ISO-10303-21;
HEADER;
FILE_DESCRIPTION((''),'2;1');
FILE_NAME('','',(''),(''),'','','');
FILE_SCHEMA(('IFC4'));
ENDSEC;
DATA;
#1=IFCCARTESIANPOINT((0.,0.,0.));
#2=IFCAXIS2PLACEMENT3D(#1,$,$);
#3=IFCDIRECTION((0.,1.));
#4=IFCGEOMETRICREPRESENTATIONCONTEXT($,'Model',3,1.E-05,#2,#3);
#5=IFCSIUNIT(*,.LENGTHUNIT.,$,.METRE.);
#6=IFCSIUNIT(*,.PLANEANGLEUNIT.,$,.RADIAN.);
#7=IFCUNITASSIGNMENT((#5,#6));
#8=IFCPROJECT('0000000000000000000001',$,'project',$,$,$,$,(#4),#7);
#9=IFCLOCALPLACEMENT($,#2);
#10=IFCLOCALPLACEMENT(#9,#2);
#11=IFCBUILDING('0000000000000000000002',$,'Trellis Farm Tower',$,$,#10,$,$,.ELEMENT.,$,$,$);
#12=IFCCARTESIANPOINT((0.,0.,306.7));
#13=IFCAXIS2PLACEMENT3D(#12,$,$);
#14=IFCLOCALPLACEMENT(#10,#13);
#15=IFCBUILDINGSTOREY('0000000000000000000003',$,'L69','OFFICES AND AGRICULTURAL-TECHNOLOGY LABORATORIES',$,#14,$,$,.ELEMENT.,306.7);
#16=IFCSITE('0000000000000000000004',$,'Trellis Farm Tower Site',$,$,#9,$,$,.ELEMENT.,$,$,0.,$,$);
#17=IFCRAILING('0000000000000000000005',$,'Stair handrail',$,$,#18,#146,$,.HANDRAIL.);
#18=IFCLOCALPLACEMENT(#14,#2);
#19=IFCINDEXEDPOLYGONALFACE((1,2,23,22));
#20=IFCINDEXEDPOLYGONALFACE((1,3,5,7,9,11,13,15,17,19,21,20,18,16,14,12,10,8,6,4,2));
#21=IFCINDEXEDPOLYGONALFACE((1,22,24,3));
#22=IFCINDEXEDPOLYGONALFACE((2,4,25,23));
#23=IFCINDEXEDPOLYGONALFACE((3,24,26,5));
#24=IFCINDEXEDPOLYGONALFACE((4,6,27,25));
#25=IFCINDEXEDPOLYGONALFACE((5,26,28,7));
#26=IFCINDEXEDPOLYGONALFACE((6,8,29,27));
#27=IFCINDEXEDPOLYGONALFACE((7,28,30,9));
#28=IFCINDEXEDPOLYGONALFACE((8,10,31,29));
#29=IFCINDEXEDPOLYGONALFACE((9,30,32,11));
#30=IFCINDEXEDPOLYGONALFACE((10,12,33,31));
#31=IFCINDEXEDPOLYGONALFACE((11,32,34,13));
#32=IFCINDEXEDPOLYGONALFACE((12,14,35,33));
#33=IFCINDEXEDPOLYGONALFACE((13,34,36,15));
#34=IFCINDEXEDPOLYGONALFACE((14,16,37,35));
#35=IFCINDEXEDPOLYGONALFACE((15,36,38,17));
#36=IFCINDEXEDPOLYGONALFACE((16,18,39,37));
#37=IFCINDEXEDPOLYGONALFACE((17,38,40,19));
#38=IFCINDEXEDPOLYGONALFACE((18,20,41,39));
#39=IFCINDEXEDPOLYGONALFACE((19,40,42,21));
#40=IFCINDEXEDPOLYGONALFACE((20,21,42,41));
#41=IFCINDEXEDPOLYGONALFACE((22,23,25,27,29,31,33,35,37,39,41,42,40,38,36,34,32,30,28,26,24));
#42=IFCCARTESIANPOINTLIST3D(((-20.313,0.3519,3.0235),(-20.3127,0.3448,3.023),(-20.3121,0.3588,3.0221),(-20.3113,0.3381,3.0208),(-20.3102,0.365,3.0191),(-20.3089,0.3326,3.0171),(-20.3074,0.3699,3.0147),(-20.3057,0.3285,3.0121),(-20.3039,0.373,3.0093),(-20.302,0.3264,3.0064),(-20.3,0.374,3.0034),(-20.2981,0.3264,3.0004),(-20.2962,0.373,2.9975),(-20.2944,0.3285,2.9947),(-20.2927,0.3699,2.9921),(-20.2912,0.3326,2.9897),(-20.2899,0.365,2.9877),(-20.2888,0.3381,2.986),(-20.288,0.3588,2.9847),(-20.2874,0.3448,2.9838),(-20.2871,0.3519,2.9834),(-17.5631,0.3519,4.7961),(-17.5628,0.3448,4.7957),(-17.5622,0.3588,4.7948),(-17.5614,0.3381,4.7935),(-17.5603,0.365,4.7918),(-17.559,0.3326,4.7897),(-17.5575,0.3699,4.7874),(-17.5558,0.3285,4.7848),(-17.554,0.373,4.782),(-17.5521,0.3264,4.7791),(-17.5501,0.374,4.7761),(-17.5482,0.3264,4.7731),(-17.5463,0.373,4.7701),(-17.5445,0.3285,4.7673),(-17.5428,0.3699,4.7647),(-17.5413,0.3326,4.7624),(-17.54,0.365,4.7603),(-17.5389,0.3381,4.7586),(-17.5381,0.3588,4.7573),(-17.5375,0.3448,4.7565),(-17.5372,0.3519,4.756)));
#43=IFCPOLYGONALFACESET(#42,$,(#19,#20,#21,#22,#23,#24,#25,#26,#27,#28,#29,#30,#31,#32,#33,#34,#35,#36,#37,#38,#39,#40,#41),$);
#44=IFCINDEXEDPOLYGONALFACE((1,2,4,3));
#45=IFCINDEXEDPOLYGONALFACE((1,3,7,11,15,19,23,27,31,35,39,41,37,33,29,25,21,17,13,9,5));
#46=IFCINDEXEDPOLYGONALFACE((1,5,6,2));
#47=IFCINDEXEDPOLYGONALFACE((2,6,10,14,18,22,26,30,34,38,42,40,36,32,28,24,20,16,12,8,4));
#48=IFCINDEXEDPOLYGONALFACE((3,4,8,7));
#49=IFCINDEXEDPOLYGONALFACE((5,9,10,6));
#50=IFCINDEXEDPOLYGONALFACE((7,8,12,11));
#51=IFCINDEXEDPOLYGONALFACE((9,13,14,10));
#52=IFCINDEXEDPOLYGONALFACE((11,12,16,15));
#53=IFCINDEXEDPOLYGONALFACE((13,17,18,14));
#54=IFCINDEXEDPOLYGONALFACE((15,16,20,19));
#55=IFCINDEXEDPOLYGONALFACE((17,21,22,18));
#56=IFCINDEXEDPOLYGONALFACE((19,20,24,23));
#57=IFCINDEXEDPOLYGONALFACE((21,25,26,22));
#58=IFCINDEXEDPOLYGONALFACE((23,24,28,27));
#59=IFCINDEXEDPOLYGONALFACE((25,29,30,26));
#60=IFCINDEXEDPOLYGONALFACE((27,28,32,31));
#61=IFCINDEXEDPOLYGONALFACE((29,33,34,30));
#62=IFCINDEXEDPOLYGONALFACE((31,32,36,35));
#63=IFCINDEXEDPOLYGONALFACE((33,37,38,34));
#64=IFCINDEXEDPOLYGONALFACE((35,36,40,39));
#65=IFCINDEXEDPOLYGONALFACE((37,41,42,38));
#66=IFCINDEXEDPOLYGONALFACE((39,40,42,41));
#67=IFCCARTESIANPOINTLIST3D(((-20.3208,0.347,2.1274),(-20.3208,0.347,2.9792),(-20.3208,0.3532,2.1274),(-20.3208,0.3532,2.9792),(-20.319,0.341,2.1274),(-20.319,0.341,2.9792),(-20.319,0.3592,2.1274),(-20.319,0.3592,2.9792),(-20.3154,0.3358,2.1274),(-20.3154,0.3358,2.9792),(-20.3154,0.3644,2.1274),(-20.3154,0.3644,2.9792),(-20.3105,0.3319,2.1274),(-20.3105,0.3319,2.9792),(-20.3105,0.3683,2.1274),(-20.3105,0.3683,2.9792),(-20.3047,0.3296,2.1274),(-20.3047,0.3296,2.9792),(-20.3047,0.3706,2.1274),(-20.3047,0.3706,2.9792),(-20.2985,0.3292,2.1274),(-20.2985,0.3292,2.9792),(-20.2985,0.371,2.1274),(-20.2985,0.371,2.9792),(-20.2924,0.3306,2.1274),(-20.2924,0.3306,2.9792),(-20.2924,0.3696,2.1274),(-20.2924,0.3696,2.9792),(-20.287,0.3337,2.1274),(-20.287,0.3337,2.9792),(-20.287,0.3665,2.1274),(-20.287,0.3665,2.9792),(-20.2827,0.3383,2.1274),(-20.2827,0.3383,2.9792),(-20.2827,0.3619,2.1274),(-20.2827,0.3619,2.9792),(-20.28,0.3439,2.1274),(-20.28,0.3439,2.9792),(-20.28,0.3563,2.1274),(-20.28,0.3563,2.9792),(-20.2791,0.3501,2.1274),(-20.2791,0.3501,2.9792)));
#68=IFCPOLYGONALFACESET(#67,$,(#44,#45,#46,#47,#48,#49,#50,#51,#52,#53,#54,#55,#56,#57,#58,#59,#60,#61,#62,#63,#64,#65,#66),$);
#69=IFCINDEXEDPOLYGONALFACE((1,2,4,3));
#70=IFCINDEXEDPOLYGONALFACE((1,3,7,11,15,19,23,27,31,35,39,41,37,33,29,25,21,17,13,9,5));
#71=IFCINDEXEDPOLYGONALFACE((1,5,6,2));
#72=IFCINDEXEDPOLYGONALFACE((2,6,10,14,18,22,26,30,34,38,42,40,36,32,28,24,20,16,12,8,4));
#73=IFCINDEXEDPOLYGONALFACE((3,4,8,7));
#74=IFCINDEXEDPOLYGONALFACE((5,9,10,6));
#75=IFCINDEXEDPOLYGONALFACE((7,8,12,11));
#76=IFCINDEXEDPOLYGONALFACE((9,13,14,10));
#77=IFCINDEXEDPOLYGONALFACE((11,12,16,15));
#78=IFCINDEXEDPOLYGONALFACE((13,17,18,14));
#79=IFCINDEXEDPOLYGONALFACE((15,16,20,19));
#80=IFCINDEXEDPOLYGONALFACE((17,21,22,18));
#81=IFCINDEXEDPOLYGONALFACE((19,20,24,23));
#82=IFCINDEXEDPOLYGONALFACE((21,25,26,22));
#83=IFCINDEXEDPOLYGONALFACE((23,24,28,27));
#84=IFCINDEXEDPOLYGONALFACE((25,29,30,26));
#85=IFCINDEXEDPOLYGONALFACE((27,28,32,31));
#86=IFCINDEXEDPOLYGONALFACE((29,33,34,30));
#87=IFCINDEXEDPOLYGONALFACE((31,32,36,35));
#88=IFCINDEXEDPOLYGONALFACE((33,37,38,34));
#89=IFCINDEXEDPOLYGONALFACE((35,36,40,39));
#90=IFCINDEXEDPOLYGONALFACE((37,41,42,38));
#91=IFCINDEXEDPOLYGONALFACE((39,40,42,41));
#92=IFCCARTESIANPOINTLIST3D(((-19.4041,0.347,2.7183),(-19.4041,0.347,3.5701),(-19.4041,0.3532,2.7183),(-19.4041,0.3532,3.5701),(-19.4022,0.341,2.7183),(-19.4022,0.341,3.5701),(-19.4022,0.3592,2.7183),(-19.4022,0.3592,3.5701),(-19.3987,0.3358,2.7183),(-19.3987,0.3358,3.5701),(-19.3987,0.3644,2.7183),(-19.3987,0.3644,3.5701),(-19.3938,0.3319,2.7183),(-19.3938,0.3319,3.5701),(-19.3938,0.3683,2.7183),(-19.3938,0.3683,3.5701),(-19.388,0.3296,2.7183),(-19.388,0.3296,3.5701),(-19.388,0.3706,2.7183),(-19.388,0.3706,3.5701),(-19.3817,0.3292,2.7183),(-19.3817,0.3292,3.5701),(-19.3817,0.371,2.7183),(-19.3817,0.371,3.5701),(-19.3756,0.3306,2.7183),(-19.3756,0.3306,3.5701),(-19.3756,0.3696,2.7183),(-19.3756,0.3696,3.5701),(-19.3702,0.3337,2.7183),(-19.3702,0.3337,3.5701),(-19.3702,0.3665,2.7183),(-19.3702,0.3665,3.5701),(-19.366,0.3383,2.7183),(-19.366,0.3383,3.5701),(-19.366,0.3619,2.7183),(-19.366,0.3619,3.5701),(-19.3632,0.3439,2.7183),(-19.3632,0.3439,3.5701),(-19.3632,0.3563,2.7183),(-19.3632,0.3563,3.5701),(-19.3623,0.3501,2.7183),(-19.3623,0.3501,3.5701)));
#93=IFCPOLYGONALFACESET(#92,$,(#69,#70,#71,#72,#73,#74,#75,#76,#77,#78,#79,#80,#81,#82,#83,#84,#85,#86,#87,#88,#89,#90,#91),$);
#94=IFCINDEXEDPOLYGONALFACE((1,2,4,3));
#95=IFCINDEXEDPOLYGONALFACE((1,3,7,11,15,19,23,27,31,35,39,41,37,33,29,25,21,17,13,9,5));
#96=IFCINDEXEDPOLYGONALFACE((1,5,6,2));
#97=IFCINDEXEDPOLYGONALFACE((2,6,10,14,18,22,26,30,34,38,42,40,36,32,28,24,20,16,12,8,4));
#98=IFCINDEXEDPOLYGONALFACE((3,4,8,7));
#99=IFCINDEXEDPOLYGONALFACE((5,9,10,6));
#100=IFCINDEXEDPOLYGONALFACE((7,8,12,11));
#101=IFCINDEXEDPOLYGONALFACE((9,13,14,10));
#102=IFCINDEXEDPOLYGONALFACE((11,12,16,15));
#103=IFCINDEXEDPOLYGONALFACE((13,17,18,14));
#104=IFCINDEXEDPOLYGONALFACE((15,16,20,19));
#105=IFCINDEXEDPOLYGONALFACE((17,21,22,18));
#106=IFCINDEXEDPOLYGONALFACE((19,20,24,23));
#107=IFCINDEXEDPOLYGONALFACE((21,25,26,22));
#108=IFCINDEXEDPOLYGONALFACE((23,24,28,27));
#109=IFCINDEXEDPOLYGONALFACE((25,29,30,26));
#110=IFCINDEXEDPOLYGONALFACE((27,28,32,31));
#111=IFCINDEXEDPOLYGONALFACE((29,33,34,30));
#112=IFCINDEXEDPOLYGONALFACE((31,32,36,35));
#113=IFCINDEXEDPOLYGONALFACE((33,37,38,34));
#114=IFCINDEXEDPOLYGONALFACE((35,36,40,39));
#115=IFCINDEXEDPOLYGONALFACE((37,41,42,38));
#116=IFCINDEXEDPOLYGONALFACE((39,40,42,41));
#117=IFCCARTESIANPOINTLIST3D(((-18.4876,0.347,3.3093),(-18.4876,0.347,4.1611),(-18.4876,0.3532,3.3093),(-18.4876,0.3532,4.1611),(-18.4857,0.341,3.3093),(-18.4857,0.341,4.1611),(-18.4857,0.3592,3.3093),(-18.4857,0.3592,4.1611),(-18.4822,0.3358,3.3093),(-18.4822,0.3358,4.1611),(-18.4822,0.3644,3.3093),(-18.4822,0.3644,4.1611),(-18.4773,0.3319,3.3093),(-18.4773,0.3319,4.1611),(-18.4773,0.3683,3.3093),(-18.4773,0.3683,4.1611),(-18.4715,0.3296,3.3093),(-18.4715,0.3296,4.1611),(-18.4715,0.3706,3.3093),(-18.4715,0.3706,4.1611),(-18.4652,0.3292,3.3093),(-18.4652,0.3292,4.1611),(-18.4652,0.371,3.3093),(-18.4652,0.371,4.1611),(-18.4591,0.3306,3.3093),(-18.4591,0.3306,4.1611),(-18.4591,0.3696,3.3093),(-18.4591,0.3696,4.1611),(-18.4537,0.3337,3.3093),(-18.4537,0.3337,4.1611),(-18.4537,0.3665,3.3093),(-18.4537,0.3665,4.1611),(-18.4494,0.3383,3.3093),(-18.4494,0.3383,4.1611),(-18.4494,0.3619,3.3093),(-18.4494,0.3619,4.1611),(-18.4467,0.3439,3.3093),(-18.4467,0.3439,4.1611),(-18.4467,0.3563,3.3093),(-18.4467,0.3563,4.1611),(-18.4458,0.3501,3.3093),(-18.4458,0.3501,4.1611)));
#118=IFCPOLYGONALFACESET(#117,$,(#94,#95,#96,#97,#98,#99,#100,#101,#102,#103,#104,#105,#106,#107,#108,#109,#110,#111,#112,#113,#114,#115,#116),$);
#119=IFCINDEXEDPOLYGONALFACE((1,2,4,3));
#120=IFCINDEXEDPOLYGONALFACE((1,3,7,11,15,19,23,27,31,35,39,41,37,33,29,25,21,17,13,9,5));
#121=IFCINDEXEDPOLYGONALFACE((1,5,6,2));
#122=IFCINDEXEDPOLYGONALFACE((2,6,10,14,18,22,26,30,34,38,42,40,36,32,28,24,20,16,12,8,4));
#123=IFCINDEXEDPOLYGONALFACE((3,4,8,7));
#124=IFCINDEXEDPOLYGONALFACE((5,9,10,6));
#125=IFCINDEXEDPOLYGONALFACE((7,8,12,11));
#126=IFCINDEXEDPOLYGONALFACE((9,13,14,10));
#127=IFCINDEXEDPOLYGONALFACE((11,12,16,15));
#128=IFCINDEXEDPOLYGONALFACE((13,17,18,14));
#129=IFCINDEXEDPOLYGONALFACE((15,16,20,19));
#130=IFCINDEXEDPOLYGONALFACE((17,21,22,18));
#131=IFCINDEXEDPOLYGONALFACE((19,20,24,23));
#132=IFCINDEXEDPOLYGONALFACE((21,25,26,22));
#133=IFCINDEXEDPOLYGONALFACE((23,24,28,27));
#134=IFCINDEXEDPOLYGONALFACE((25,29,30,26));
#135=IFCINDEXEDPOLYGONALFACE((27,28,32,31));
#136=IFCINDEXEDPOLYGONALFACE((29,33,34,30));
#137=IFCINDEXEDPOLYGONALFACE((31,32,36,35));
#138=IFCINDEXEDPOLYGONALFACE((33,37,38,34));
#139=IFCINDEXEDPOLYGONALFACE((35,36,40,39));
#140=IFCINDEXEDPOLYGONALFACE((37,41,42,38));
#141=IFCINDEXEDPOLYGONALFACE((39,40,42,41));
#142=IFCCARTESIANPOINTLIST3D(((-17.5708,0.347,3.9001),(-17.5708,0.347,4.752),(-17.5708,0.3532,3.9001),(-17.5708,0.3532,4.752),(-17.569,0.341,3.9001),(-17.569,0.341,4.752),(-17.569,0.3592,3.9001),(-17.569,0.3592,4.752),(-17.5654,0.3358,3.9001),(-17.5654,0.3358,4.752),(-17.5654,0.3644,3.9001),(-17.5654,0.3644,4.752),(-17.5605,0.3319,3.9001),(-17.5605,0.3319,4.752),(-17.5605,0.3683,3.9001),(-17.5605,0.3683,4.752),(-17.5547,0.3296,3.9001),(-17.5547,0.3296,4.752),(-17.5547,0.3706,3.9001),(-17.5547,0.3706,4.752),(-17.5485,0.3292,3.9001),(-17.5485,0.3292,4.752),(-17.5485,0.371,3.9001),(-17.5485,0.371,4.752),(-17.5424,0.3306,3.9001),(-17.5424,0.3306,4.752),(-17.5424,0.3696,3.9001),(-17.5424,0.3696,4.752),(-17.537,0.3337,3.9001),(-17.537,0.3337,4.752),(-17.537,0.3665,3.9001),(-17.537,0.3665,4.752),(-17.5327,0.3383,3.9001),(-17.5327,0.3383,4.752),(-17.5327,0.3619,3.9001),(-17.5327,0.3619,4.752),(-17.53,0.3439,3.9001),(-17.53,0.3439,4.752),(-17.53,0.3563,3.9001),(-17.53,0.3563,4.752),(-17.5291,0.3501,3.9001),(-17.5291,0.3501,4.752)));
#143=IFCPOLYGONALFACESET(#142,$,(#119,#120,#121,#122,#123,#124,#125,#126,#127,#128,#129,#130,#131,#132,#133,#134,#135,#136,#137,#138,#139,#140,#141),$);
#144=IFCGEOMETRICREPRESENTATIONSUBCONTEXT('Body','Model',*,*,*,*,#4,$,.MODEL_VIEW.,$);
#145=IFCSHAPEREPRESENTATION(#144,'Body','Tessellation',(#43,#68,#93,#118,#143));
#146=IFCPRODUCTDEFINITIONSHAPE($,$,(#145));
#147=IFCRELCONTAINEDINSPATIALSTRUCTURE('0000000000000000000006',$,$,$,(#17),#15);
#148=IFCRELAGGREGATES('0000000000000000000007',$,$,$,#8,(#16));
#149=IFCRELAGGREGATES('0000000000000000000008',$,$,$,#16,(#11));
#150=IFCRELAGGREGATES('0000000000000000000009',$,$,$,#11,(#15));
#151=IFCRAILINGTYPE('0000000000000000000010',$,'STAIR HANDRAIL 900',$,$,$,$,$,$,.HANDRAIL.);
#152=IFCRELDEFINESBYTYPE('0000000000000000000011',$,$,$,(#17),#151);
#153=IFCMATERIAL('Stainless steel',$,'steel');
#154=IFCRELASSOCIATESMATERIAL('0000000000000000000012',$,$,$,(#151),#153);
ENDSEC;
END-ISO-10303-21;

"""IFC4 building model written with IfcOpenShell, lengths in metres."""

from ifc_helpers import new_model, si_unit, direction, frame, origin, origin_2d, place, context, subcontext, project, spatial, circle, extrude, source, transform, mapped, material, type_object, element, save


model = new_model("IFC4")

# Units and contexts
model_context = context("Model", 3, precision=1e-05, world=origin(), true_north=direction((0.0, 1.0)))
body_context = subcontext(model_context, "Body", "Model", "MODEL_VIEW")
ifc_project = project(units=[si_unit("LENGTHUNIT", "METRE"), si_unit("PLANEANGLEUNIT", "RADIAN")], contexts=[model_context])

# Site, building, storey
site_placement = place(None, origin())
site = spatial("IfcSite", under=ifc_project, at=site_placement, Name="Trellis Farm Tower Site", CompositionType="ELEMENT", RefElevation=0.0)
building_placement = place(site_placement, origin())
building = spatial("IfcBuilding", under=site, at=building_placement, Name="Trellis Farm Tower", CompositionType="ELEMENT")
storey_placement = place(building_placement, frame((0.0, 0.0, 306.7)))
storey = spatial("IfcBuildingStorey", under=building, at=storey_placement, Name="L69", Description="OFFICES AND AGRICULTURAL-TECHNOLOGY LABORATORIES", CompositionType="ELEMENT", Elevation=306.7)

# Railing
ifc_material_1 = material(Name="Stainless steel", Category="steel")
railing_type = type_object("IfcRailingType", Name="STAIR HANDRAIL 900", PredefinedType="HANDRAIL", material=ifc_material_1)
shared_shape_1 = source(origin(), body_context, "Body", "SweptSolid", [
    extrude(circle(Radius=0.0239, at=origin_2d()), frame((0.0, 0.0, 0.876), z_axis=(0.840504, 0.0, 0.541806), x_axis=(0.0, 1.0, 0.0)), (0.0, 0.0, 1.0), 3.2717),
    extrude(circle(Radius=0.021, at=origin_2d()), origin(), (0.0, 0.0, 1.0), 0.8518),
    extrude(circle(Radius=0.021, at=origin_2d()), frame((0.9167, 0.0, 0.5908)), (0.0, 0.0, 1.0), 0.8518),
    extrude(circle(Radius=0.021, at=origin_2d()), frame((1.8333, 0.0, 1.1819)), (0.0, 0.0, 1.0), 0.8518),
    extrude(circle(Radius=0.021, at=origin_2d()), frame((2.75, 0.0, 1.7727)), (0.0, 0.0, 1.0), 0.8518),
])
for number, where, name in (
    (1, (-20.3, 0.3501, 2.1274), "Stair handrail"),
):
    element("IfcRailing", number, at=place(storey_placement, frame(where)), inside=storey, type_object=railing_type, Name=name, PredefinedType="HANDRAIL", context=body_context, shape_type="MappedRepresentation", body=[
        mapped(shared_shape_1, transform((0.0, 0.0, 0.0))),
    ])

save(model, "model.ifc")
